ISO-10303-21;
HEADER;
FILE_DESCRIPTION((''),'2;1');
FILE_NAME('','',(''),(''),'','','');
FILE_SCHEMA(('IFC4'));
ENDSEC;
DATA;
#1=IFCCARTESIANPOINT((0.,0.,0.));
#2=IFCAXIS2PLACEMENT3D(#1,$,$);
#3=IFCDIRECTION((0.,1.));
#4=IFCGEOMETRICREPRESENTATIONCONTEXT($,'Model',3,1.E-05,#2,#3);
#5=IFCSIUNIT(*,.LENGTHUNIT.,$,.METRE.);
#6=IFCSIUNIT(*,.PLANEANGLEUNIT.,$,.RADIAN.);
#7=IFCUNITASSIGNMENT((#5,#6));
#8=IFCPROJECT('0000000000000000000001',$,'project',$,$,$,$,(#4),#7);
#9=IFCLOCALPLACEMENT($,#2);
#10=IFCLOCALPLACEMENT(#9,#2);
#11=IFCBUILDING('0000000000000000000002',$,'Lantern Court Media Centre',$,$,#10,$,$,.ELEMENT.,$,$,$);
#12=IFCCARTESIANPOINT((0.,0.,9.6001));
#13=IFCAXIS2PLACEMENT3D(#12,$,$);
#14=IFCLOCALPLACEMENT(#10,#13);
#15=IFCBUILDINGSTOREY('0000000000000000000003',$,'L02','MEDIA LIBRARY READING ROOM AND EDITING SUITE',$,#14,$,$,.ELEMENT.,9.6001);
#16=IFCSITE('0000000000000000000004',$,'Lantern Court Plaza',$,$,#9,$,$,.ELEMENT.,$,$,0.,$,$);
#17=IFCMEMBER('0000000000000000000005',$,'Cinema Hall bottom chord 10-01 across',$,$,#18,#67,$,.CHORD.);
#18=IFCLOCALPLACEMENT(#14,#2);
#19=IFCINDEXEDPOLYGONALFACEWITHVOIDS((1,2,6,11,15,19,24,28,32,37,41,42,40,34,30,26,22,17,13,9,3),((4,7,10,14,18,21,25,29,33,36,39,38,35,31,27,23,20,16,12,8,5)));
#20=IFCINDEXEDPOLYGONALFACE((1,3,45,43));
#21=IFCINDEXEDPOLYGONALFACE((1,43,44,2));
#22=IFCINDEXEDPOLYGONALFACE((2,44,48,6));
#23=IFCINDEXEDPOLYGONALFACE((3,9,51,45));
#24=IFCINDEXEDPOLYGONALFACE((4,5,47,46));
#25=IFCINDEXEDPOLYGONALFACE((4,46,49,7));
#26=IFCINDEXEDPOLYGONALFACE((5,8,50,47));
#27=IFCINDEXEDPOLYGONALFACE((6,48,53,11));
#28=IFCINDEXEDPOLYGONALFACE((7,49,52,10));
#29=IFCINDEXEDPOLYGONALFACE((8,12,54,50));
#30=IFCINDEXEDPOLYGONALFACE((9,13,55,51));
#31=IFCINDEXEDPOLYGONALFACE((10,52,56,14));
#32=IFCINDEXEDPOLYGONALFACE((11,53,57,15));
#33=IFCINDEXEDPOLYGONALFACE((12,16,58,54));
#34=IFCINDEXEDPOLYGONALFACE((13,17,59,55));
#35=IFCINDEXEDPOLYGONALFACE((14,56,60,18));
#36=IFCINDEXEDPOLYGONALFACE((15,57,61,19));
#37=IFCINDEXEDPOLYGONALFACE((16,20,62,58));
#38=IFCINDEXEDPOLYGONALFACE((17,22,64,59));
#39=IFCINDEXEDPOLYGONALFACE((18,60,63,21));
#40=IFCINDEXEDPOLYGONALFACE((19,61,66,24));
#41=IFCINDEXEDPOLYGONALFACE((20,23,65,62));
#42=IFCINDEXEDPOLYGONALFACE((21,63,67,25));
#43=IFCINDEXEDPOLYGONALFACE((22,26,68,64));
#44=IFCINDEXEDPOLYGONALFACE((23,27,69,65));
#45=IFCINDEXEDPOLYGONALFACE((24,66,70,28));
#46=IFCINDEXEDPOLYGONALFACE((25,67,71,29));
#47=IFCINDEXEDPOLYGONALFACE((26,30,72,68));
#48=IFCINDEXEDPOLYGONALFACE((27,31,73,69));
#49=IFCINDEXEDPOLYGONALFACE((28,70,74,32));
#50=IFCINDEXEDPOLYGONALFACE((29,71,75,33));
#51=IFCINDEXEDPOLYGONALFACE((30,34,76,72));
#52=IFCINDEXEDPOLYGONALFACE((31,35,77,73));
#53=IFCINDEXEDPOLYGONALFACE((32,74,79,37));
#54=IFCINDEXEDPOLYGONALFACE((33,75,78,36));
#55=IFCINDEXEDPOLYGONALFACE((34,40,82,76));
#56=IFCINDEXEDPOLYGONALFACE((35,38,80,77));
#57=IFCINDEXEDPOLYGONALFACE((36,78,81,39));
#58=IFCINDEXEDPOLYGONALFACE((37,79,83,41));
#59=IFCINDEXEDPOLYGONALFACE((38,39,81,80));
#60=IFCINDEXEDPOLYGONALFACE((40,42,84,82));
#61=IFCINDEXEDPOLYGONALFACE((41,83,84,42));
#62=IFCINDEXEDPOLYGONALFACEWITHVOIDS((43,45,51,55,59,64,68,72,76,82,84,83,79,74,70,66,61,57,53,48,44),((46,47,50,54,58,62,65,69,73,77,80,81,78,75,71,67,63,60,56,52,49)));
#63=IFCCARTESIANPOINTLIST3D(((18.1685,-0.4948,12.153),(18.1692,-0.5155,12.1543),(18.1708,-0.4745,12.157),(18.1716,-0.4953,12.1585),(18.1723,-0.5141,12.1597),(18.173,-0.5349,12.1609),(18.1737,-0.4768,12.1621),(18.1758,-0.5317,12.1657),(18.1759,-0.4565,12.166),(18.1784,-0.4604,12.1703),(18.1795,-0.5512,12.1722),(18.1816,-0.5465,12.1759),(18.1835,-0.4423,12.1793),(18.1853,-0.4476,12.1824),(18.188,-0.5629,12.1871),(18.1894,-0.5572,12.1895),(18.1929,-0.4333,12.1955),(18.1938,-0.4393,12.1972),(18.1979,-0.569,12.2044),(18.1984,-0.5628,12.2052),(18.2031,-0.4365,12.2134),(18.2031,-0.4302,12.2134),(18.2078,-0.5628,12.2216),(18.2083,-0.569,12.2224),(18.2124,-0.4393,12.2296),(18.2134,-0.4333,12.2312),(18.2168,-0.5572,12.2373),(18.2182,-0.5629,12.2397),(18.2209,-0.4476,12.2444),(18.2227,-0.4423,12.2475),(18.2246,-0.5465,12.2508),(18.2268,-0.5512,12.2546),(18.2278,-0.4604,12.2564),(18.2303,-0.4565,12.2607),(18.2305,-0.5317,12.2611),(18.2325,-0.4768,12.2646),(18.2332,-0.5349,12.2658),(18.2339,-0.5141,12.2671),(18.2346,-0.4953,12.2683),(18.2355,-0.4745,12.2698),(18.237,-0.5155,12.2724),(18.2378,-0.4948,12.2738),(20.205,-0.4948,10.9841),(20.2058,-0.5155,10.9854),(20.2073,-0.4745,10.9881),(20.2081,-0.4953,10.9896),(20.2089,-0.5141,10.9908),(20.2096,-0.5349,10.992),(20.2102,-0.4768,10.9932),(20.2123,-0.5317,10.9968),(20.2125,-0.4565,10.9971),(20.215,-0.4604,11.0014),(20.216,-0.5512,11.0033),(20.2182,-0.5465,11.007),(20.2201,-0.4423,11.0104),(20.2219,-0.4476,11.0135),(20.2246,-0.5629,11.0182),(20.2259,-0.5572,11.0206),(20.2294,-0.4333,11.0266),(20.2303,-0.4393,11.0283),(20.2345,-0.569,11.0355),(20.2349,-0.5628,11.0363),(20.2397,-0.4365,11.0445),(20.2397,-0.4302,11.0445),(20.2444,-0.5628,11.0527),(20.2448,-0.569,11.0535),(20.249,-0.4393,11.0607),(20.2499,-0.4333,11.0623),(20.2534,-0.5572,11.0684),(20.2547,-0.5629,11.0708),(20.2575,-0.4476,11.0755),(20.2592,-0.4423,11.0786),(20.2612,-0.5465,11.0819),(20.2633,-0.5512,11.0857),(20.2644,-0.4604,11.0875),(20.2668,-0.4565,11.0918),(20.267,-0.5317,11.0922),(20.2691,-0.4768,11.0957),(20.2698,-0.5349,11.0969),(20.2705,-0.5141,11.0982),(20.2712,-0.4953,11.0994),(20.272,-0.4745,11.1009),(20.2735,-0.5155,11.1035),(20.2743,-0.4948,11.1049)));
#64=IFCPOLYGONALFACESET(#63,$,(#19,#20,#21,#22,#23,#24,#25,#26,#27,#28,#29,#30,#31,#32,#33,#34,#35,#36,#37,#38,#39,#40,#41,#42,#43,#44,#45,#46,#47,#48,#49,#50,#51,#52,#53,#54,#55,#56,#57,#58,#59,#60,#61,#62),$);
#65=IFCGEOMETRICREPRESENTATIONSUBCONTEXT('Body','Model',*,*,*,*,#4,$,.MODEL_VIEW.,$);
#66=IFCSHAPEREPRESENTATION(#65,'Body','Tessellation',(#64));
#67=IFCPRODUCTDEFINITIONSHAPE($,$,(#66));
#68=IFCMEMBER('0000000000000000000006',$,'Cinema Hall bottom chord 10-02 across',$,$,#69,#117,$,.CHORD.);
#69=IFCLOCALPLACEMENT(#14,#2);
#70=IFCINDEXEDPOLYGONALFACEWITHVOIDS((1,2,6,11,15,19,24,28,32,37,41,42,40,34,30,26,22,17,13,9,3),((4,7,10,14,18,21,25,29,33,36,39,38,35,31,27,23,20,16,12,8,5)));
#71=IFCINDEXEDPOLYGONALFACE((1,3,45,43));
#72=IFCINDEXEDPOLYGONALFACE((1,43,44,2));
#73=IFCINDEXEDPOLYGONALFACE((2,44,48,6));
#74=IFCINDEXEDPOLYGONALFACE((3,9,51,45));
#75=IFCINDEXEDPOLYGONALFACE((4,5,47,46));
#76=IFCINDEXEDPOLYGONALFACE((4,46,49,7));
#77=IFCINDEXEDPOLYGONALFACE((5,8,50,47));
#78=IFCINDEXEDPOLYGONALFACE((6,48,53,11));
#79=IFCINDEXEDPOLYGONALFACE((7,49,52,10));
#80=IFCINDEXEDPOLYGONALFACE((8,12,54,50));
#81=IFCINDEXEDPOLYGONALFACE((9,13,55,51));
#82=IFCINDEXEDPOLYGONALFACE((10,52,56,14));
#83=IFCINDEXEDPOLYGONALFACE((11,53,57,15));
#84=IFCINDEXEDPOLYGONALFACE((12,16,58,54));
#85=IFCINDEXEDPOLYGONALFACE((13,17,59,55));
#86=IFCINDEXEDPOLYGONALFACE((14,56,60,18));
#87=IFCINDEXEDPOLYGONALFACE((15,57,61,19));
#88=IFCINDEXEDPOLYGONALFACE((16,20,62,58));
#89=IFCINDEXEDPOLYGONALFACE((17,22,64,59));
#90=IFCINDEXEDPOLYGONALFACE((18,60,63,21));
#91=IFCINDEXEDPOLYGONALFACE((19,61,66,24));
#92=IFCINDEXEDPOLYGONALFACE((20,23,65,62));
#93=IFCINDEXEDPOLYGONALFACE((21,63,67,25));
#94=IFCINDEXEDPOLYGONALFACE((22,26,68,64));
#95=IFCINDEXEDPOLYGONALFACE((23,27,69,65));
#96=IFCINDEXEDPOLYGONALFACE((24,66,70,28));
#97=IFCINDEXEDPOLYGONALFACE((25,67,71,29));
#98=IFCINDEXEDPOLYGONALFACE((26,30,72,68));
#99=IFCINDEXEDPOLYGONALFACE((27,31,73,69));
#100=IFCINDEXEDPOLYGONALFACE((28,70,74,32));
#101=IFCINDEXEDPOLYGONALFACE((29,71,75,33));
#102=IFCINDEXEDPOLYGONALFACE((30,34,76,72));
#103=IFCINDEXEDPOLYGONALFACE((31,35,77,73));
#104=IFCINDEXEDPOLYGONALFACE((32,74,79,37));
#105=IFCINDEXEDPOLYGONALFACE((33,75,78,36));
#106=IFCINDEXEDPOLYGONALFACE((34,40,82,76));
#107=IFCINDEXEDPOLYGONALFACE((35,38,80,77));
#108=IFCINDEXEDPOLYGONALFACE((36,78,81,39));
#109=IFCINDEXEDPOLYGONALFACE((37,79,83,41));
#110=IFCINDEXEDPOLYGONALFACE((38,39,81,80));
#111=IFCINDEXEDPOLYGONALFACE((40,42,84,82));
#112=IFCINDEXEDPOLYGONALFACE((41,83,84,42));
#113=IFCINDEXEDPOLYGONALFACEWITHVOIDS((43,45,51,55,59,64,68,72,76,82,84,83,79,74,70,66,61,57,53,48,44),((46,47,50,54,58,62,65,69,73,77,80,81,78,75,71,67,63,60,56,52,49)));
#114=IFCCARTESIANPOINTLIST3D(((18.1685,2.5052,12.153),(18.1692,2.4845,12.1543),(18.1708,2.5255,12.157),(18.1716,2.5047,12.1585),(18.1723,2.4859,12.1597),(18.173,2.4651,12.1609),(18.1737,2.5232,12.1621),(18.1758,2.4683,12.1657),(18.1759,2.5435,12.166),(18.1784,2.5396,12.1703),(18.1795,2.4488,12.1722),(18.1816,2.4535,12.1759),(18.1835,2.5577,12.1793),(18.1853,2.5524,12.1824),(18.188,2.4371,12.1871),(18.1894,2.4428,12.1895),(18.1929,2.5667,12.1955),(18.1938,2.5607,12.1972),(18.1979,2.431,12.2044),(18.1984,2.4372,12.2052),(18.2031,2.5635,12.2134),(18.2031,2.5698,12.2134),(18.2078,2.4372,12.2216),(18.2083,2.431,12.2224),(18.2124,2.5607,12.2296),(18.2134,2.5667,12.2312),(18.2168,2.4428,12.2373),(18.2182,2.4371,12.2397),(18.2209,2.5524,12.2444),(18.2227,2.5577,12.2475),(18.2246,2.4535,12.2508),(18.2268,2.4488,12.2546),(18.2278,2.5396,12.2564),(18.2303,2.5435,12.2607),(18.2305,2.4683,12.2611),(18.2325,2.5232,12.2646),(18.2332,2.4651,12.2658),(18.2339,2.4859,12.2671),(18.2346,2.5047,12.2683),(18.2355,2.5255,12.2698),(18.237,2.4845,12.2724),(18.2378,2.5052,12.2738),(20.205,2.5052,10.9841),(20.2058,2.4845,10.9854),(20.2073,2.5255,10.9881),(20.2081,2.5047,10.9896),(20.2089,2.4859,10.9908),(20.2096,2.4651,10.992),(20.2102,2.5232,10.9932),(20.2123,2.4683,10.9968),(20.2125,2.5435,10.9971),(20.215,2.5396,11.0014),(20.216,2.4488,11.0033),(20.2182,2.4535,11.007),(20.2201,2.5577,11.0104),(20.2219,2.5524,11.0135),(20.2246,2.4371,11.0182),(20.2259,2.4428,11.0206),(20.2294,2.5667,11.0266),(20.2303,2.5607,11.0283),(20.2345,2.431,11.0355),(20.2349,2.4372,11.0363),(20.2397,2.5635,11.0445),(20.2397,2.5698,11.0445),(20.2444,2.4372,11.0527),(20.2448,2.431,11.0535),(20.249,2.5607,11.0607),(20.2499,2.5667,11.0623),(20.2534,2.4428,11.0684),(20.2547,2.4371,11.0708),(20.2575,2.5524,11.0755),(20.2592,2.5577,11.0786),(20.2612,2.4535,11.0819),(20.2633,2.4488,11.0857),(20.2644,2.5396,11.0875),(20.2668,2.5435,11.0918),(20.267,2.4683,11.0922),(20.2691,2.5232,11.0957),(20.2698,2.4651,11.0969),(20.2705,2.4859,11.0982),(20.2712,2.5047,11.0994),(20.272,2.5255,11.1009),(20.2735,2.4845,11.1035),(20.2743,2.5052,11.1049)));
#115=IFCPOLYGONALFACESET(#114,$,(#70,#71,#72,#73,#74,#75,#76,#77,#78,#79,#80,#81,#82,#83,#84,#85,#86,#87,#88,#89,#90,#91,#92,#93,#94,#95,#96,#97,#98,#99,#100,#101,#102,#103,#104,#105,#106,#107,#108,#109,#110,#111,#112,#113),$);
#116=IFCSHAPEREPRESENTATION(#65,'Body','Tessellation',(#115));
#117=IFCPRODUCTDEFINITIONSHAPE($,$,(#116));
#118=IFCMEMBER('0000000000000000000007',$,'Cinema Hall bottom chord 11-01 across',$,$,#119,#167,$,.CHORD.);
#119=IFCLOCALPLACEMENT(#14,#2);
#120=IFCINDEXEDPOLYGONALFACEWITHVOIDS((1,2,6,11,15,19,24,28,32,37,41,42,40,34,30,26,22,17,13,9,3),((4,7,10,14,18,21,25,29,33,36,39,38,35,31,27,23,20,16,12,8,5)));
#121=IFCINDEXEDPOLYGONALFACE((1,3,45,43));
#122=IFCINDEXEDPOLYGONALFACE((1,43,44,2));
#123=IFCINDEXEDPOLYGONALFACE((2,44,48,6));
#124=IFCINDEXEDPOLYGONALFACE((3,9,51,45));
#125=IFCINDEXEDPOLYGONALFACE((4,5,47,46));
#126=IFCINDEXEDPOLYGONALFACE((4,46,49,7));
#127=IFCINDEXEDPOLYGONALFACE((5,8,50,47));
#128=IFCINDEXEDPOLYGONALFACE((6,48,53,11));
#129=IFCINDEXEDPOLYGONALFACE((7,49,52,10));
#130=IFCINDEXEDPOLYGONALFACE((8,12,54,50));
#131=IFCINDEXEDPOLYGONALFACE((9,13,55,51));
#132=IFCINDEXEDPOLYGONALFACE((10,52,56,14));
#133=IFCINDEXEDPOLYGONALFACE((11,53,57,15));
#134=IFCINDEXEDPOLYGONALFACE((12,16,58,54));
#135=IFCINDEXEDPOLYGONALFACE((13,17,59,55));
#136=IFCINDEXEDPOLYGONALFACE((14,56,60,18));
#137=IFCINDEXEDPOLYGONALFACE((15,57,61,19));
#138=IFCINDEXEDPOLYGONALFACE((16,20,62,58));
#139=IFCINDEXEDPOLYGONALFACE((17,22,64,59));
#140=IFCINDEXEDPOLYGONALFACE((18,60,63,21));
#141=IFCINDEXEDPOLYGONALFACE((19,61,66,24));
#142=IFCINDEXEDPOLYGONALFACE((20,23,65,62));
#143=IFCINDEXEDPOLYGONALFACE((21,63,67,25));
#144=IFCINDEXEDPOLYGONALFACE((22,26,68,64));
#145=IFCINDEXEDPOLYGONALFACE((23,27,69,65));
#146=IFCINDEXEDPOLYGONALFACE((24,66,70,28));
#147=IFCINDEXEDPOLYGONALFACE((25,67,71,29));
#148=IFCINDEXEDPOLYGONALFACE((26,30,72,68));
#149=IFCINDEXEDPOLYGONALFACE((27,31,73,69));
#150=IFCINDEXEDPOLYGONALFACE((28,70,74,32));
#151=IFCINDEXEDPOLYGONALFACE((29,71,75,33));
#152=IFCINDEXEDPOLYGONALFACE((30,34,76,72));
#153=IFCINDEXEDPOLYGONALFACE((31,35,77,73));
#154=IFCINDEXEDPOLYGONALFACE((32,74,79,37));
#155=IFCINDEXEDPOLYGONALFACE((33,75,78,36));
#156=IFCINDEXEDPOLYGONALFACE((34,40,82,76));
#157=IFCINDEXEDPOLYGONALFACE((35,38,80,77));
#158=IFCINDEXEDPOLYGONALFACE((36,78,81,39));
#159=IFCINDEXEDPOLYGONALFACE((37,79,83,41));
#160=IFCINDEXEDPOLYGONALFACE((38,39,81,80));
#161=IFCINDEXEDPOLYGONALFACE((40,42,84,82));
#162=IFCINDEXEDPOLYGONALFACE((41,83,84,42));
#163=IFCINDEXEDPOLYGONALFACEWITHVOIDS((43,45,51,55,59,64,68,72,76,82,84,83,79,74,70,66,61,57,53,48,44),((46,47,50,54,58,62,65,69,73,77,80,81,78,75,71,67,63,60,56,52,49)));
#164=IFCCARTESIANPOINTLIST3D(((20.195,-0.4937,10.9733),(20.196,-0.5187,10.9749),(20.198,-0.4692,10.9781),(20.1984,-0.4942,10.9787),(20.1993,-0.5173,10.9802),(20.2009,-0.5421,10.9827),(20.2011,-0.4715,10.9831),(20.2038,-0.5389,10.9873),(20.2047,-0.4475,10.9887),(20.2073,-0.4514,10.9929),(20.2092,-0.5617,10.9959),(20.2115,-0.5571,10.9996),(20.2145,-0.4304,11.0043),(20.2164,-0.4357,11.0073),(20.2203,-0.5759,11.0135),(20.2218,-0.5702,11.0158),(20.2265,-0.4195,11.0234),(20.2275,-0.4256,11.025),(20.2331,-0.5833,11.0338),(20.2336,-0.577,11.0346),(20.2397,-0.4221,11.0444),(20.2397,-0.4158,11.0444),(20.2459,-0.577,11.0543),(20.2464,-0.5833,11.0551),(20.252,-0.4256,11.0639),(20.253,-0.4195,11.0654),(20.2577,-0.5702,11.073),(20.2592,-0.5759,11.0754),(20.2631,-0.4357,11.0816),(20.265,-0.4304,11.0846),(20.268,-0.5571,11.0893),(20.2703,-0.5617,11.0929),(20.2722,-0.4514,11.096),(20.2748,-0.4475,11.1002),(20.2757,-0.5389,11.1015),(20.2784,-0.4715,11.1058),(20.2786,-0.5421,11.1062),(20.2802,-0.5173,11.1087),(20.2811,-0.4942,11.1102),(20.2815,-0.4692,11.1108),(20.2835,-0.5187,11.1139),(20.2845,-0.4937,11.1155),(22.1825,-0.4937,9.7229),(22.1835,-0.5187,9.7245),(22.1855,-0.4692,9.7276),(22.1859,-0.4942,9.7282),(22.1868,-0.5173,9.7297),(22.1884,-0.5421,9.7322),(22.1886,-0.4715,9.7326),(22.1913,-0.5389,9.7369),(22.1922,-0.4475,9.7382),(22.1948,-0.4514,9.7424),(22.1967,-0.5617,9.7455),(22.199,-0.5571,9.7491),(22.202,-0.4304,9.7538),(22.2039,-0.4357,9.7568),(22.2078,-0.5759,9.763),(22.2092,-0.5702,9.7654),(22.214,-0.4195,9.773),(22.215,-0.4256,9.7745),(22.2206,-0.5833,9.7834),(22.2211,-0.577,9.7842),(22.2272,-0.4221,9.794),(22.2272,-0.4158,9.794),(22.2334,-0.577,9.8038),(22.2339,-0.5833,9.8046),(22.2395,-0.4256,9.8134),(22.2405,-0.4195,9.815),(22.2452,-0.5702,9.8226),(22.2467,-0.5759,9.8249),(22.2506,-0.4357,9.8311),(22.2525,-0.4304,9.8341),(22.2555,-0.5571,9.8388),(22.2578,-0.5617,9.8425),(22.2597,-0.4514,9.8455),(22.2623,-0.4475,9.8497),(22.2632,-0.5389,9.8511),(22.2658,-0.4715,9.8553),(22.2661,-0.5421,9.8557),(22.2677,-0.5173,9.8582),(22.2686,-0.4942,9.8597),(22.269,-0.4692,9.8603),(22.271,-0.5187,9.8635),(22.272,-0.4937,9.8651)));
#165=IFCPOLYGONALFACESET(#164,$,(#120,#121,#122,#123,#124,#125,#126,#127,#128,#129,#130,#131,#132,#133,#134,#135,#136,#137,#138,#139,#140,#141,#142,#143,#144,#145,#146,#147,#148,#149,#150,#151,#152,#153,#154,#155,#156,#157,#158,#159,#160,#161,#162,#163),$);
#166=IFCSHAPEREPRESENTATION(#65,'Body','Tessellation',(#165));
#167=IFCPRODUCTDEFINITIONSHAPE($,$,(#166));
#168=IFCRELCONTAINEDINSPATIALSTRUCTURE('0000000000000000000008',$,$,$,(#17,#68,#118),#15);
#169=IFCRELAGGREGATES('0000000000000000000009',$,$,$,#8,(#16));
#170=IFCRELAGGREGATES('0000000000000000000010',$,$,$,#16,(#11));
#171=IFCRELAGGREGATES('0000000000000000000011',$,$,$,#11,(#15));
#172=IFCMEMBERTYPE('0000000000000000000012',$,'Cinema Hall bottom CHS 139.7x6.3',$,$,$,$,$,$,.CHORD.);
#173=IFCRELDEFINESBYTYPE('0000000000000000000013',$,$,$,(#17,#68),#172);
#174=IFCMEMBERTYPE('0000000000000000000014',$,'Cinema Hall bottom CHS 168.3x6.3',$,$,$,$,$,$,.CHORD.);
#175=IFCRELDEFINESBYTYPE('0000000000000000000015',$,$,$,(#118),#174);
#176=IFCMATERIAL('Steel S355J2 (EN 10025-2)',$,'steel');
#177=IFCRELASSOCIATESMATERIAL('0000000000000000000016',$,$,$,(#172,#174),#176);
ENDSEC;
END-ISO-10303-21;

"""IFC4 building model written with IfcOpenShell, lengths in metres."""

from ifc_helpers import new_model, si_unit, direction, frame, origin, origin_2d, place, context, subcontext, project, spatial, hollow_circle, extrude, material, material_profile, profile_set, type_object, element, save


model = new_model("IFC4")

# Units and contexts
model_context = context("Model", 3, precision=1e-05, world=origin(), true_north=direction((0.0, 1.0)))
body_context = subcontext(model_context, "Body", "Model", "MODEL_VIEW")
ifc_project = project(units=[si_unit("LENGTHUNIT", "METRE"), si_unit("PLANEANGLEUNIT", "RADIAN")], contexts=[model_context])

# Site, building, storey
site_placement = place(None, origin())
site = spatial("IfcSite", under=ifc_project, at=site_placement, Name="Lantern Court Plaza", CompositionType="ELEMENT", RefElevation=0.0)
building_placement = place(site_placement, origin())
building = spatial("IfcBuilding", under=site, at=building_placement, Name="Lantern Court Media Centre", CompositionType="ELEMENT")
storey_placement = place(building_placement, frame((0.0, 0.0, 9.6001)))
storey = spatial("IfcBuildingStorey", under=building, at=storey_placement, Name="L02", Description="MEDIA LIBRARY READING ROOM AND EDITING SUITE", CompositionType="ELEMENT", Elevation=9.6001)

# Members
ifc_material = material(Name="Steel S355J2 (EN 10025-2)", Category="steel")
ifc_material_profile_1 = material_profile(ifc_material, hollow_circle(Radius=0.0698, WallThickness=0.0063, at=origin_2d()), Name="Cinema Hall bottom CHS 139.7x6.3")
ifc_profile_set_1 = profile_set([ifc_material_profile_1], Name="Steel S355J2 (EN 10025-2)")
member_type_1 = type_object("IfcMemberType", Name="Cinema Hall bottom CHS 139.7x6.3", PredefinedType="CHORD", material=ifc_profile_set_1)
for number, where, z_axis, x_axis, name in (
    (1, (18.2031, -0.5, 12.2134), (0.867295, 0.0, -0.497795), (0.0, 1.0, 0.0), "Cinema Hall bottom chord 10-01 across"),
    (2, (18.2031, 2.5, 12.2134), (0.867295, 0.0, -0.497795), (0.0, 1.0, 0.0), "Cinema Hall bottom chord 10-02 across"),
):
    element("IfcMember", number, at=place(storey_placement, frame(where, z_axis=z_axis, x_axis=x_axis)), inside=storey, type_object=member_type_1, Name=name, PredefinedType="CHORD", context=body_context, shape_type="SweptSolid", body=[
        extrude(hollow_circle(Radius=0.0698, WallThickness=0.0063, at=origin_2d()), origin(), (0.0, 0.0, 1.0), 2.3481),
    ])
ifc_material_profile_2 = material_profile(ifc_material, hollow_circle(Radius=0.0842, WallThickness=0.0063, at=origin_2d()), Name="Cinema Hall bottom CHS 168.3x6.3")
ifc_profile_set_2 = profile_set([ifc_material_profile_2], Name="Steel S355J2 (EN 10025-2)")
member_type_2 = type_object("IfcMemberType", Name="Cinema Hall bottom CHS 168.3x6.3", PredefinedType="CHORD", material=ifc_profile_set_2)
member_placement = place(storey_placement, frame((20.2397, -0.5, 11.0444), z_axis=(0.846412, 0.0, -0.532529), x_axis=(0.0, 1.0, 0.0)))
element("IfcMember", 3, at=member_placement, inside=storey, type_object=member_type_2, Name="Cinema Hall bottom chord 11-01 across", PredefinedType="CHORD", context=body_context, shape_type="SweptSolid", body=[
    extrude(hollow_circle(Radius=0.0842, WallThickness=0.0063, at=origin_2d()), origin(), (0.0, 0.0, 1.0), 2.3481),
])

save(model, "model.ifc")
